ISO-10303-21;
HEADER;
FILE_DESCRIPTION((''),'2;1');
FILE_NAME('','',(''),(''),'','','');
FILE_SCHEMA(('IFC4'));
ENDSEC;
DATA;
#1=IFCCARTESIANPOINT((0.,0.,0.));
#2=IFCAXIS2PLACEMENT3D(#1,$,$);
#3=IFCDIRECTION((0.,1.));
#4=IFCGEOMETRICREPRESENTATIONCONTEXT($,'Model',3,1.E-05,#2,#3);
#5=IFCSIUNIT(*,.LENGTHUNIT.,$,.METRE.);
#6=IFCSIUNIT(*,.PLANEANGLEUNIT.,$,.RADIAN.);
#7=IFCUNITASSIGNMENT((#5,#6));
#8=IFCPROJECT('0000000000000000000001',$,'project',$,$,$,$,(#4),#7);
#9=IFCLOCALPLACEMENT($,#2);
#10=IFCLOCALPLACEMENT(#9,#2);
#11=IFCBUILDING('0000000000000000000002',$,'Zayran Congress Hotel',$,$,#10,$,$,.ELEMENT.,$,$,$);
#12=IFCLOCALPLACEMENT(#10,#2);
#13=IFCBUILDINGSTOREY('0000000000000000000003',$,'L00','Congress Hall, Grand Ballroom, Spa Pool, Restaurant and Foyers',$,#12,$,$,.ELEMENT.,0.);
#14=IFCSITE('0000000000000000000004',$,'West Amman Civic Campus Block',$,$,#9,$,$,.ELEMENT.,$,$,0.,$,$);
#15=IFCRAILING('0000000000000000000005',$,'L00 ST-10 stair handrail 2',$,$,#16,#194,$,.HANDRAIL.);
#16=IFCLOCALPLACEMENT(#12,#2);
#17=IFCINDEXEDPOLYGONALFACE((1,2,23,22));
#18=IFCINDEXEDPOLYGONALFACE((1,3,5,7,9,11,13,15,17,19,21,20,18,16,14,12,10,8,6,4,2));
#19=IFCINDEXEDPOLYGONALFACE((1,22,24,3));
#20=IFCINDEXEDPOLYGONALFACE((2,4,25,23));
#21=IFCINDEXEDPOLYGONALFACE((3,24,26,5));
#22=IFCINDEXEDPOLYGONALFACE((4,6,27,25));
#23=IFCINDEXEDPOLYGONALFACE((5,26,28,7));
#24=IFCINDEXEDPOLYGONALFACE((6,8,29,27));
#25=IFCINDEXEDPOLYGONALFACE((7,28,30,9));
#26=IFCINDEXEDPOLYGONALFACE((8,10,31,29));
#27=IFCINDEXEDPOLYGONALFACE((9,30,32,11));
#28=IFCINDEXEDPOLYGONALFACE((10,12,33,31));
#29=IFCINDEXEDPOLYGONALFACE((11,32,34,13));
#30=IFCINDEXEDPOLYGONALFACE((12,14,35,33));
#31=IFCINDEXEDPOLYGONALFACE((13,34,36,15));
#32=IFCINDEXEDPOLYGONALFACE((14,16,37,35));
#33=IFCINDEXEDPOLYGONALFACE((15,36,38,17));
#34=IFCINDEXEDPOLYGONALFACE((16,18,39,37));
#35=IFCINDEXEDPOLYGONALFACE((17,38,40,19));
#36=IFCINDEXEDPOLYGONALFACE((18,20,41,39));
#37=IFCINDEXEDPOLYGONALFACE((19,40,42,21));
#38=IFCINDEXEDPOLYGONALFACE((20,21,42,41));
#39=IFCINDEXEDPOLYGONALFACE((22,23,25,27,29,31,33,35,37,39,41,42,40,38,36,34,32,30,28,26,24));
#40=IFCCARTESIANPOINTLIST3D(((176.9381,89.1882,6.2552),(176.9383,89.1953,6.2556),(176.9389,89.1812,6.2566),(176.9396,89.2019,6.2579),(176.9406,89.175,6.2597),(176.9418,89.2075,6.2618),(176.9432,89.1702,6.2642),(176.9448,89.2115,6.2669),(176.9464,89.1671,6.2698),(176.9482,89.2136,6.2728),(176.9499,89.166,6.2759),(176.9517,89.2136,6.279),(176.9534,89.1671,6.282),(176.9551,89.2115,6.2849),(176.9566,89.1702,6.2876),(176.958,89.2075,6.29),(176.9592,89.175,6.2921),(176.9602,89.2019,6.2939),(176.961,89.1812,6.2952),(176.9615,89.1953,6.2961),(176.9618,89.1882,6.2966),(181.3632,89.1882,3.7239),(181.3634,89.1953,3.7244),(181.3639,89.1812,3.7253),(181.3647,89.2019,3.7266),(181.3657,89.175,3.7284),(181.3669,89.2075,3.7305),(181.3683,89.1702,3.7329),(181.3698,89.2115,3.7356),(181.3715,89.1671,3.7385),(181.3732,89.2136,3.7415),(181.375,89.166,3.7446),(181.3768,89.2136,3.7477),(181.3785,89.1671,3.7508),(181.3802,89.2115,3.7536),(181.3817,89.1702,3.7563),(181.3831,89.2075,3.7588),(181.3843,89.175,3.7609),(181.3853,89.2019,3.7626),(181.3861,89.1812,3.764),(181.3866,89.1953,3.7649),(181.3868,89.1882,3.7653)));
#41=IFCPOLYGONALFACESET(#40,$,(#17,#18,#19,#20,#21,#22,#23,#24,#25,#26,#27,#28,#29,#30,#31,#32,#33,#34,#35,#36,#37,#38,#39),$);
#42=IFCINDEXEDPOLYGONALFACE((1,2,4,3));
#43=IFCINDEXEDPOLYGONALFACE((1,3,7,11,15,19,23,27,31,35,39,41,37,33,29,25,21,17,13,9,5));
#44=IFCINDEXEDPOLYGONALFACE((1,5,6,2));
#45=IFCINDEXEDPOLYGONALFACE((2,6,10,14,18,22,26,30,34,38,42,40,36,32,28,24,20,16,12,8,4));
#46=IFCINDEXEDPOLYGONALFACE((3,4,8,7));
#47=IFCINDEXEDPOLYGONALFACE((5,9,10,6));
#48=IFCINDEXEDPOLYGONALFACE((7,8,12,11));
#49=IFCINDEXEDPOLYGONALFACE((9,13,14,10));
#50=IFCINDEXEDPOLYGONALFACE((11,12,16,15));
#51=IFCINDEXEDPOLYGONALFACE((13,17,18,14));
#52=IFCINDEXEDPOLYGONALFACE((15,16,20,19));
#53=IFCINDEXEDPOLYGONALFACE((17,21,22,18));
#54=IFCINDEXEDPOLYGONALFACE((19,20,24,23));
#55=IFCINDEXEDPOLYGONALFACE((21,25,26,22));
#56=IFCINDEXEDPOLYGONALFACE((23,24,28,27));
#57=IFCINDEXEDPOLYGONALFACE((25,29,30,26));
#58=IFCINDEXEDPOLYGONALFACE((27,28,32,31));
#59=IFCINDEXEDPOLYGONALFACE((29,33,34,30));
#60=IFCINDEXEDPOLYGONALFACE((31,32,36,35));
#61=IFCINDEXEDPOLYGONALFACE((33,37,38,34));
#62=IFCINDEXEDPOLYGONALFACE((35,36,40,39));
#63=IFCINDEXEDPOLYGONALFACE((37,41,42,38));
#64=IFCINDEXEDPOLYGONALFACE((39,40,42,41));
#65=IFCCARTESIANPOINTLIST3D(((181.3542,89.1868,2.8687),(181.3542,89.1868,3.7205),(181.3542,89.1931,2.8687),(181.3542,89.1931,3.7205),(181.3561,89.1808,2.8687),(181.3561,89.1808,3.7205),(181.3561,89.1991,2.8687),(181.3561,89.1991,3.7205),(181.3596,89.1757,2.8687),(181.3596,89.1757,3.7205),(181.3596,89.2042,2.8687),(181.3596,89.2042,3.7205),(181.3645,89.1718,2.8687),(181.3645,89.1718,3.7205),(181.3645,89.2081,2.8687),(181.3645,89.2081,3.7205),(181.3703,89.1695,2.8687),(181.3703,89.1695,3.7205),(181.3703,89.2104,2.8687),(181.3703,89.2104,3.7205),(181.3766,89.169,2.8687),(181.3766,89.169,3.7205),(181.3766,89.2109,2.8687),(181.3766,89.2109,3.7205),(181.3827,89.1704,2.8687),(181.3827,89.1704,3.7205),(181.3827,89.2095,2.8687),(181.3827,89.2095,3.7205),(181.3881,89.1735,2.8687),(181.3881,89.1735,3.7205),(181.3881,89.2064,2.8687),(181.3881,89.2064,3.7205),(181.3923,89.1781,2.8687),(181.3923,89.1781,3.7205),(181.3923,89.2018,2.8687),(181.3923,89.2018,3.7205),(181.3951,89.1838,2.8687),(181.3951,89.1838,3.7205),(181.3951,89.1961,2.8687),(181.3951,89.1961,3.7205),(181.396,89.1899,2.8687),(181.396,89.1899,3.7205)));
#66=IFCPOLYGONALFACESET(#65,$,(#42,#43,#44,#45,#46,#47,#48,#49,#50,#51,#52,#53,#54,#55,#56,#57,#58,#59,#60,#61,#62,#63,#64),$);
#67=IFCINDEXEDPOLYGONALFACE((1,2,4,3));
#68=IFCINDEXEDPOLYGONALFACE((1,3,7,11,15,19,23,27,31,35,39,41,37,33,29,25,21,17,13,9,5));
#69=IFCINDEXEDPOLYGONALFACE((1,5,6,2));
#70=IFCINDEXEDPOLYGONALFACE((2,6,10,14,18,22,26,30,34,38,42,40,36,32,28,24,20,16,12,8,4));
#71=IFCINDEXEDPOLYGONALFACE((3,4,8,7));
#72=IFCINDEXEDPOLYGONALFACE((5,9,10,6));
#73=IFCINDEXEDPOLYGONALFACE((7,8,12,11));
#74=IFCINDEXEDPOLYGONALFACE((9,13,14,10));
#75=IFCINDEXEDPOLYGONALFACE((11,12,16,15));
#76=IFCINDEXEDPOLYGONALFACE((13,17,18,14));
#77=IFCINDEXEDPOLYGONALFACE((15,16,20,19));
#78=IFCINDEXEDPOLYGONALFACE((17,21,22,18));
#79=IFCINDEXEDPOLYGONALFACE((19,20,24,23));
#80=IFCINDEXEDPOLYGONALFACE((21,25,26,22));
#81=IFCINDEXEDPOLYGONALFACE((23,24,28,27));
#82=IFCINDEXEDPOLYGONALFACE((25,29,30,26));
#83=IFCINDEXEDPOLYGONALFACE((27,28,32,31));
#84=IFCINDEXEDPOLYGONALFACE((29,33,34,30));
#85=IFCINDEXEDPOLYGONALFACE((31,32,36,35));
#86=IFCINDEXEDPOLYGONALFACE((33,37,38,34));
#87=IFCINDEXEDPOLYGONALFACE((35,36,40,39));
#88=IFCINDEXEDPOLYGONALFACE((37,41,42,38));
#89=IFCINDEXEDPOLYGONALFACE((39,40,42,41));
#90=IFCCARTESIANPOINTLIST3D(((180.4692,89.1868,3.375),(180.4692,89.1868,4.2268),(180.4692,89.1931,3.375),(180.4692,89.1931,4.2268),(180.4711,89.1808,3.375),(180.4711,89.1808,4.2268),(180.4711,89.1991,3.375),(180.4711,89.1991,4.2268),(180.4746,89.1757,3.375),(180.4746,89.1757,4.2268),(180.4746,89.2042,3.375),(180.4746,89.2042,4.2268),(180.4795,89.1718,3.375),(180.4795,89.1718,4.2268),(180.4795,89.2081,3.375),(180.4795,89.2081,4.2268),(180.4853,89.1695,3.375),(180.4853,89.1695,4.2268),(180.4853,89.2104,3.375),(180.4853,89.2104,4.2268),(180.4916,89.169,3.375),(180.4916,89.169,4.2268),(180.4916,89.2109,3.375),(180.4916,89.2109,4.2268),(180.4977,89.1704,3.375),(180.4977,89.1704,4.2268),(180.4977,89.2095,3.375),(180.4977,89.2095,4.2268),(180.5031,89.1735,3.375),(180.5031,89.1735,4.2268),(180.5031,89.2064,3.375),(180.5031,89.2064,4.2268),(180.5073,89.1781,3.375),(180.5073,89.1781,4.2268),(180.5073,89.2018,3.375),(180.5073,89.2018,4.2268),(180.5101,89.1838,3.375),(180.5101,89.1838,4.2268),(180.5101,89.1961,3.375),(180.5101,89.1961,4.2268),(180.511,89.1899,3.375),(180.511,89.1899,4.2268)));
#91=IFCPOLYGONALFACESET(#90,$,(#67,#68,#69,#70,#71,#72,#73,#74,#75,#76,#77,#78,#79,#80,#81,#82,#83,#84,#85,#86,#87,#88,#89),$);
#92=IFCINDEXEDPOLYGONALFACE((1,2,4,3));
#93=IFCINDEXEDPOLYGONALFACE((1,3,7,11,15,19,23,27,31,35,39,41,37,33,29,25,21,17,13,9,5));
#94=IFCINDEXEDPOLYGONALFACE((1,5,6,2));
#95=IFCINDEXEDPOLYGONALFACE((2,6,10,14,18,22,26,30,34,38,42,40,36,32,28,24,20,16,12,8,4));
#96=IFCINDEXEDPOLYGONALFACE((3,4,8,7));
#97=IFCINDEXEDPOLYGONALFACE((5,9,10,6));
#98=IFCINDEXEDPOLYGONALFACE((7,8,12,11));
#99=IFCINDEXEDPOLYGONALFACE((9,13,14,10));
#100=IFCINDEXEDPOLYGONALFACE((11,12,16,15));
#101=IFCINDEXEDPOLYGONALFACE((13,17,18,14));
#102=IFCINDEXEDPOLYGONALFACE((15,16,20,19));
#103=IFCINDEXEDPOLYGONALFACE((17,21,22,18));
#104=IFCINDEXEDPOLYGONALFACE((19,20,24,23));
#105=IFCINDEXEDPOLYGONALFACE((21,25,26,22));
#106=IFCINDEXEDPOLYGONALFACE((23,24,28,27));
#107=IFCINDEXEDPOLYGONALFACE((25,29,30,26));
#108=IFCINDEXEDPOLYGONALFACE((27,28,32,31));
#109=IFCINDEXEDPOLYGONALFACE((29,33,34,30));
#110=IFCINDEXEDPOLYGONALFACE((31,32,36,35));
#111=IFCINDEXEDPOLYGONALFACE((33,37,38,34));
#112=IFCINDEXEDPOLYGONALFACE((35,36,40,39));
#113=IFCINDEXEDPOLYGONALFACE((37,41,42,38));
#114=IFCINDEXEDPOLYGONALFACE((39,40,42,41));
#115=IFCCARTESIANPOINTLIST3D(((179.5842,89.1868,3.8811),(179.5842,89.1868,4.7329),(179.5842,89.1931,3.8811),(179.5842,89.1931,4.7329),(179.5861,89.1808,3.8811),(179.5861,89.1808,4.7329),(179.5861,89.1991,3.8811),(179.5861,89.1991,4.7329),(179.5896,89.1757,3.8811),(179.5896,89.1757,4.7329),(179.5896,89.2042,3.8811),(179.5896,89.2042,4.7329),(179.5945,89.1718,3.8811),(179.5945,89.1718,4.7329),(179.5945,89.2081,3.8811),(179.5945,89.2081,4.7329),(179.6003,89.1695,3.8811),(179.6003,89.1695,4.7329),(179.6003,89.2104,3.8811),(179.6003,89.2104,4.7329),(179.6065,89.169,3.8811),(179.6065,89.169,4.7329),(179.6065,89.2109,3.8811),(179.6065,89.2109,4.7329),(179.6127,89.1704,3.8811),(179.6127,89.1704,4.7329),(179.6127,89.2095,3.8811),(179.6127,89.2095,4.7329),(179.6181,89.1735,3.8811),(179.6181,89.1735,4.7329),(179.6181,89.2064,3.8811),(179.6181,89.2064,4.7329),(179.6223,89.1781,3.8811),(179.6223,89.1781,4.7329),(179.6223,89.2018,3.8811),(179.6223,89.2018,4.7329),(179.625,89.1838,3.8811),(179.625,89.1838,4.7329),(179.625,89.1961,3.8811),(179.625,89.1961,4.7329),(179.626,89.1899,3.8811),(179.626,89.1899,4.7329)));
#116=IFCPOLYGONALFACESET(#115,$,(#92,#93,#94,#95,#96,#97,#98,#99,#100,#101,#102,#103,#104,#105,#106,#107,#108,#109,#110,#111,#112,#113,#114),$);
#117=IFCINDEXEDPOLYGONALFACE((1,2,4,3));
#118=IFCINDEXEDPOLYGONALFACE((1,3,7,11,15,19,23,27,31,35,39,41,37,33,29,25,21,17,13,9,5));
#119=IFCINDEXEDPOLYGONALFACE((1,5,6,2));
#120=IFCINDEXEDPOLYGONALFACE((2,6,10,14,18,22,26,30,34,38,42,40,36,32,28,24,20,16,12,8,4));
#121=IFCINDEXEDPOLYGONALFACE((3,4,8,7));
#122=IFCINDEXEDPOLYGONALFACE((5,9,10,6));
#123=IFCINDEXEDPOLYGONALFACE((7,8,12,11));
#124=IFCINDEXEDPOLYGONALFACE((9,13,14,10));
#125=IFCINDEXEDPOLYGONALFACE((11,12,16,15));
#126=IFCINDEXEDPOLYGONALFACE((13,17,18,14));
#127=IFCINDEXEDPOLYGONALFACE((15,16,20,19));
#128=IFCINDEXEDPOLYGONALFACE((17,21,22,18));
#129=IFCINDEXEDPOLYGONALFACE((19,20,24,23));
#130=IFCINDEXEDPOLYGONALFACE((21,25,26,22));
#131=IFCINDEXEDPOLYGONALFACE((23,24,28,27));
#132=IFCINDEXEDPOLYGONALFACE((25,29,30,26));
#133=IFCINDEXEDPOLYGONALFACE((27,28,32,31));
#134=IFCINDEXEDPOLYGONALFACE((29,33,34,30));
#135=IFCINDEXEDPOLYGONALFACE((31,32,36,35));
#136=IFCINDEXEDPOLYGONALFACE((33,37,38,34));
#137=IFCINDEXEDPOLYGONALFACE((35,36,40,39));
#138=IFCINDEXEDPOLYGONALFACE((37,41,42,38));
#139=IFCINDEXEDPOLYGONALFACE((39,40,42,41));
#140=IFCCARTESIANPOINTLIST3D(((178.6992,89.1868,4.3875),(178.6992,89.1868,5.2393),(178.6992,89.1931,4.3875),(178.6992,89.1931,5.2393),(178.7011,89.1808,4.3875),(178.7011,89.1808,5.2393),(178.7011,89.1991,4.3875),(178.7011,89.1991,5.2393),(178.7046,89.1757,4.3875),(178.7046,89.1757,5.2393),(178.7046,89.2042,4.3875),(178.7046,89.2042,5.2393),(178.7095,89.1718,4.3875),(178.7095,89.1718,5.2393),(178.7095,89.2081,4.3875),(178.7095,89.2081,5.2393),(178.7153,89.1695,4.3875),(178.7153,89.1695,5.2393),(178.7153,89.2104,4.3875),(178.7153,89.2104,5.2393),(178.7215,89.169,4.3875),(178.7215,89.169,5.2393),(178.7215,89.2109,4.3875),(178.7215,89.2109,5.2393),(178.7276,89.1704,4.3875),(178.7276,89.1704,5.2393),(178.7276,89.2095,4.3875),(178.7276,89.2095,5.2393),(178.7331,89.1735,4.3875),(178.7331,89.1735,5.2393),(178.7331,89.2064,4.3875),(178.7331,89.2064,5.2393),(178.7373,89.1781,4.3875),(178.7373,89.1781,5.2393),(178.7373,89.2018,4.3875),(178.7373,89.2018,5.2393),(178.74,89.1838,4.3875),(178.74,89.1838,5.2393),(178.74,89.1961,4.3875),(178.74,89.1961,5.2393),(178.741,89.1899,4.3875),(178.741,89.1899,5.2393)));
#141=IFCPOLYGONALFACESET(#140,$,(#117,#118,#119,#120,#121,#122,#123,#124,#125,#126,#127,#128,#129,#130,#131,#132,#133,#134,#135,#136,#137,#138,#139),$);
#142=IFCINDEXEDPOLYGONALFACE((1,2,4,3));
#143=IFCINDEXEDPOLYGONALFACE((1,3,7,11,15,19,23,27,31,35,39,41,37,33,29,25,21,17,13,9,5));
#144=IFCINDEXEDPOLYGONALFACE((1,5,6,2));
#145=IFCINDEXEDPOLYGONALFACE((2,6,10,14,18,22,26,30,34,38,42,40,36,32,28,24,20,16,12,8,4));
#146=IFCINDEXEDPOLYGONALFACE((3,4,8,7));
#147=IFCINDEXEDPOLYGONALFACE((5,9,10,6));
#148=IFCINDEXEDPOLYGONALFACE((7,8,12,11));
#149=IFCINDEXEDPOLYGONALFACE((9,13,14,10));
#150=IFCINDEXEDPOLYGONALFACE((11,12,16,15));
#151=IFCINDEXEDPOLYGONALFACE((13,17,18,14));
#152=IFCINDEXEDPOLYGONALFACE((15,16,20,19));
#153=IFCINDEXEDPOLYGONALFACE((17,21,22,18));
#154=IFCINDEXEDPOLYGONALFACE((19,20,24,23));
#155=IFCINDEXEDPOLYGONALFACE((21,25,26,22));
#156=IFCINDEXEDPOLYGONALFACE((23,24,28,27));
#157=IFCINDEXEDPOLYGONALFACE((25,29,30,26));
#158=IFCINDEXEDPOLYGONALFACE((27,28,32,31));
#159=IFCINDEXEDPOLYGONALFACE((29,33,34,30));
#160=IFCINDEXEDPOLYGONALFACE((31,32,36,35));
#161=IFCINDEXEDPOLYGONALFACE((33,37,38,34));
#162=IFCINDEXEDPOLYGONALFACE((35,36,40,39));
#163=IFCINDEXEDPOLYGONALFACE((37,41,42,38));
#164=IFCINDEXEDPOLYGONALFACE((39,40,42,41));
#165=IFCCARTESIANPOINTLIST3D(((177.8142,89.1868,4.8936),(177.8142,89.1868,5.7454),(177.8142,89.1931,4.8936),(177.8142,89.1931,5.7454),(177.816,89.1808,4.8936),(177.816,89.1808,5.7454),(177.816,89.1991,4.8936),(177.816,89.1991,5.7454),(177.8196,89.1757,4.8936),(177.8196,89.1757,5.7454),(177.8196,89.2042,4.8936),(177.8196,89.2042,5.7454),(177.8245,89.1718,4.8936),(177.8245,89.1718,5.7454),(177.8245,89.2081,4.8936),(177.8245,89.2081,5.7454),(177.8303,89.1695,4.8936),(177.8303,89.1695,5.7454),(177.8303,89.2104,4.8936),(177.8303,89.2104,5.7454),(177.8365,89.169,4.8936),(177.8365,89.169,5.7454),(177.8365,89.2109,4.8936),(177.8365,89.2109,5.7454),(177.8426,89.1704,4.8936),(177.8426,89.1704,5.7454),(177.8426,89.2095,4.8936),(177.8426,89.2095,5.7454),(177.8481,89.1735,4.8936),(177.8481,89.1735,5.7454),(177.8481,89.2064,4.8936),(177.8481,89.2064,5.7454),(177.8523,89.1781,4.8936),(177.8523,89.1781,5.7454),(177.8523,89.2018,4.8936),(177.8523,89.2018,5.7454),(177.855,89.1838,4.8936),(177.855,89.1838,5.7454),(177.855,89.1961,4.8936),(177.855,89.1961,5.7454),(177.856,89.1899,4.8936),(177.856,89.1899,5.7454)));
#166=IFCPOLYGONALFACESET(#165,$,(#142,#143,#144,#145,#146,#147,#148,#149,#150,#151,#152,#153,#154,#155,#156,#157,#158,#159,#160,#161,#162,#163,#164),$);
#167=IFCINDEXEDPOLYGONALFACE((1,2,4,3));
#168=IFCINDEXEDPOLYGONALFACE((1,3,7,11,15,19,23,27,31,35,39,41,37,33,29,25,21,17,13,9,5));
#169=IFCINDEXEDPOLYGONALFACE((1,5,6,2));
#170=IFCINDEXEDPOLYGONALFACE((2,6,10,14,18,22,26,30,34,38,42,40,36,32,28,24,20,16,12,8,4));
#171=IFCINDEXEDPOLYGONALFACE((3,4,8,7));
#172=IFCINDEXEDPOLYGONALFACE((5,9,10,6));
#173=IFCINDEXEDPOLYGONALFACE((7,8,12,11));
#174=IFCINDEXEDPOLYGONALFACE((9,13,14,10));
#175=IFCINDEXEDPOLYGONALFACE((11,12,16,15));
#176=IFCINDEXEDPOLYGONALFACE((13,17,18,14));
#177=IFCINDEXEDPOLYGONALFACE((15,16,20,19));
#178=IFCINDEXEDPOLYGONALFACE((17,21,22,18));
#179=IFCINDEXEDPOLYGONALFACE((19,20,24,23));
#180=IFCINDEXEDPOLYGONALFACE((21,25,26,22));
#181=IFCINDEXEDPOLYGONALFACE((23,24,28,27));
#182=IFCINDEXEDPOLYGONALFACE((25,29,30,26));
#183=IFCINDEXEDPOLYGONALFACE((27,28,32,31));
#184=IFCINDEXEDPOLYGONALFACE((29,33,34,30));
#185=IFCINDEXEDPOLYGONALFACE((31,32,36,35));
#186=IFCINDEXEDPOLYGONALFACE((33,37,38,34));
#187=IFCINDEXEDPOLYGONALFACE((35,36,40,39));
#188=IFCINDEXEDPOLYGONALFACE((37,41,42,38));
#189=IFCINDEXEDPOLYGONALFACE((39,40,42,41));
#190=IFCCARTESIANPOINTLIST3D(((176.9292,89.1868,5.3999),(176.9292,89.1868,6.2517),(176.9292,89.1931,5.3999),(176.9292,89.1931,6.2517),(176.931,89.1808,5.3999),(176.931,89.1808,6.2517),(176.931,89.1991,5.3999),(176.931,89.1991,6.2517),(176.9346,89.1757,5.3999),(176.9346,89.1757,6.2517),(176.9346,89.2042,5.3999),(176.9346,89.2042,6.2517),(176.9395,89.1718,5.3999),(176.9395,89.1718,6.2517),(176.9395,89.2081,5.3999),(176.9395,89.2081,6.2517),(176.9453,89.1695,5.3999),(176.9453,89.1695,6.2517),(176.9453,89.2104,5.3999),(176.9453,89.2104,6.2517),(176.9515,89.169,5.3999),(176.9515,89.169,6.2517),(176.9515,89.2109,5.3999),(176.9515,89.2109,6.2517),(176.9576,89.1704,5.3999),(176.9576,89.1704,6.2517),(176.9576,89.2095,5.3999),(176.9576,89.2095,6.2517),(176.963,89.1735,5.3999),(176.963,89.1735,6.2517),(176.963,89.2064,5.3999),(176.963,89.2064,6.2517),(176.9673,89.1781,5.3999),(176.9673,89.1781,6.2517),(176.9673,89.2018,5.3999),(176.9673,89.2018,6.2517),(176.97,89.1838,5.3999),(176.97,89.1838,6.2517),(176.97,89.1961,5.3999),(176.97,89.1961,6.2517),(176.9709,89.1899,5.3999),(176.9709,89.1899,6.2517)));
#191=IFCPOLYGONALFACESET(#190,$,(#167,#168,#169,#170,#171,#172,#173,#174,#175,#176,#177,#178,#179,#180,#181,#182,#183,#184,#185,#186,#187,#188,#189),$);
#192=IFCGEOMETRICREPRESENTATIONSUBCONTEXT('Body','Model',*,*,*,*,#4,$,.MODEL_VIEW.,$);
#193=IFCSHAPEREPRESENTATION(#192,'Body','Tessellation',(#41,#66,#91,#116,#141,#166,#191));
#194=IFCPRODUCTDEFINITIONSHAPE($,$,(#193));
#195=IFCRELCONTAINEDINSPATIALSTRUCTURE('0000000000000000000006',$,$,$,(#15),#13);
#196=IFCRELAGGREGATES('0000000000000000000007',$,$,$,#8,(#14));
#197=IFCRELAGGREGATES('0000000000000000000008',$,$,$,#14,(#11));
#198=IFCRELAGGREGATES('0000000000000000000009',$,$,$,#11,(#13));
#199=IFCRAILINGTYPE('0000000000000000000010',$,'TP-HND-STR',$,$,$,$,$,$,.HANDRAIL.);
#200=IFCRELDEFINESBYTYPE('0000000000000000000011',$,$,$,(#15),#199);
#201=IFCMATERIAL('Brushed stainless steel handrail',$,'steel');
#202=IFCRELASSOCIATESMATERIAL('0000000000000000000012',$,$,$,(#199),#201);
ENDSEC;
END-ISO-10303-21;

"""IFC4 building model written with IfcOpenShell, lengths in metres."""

from ifc_helpers import new_model, si_unit, direction, frame, origin, origin_2d, place, context, subcontext, project, spatial, circle, extrude, material, type_object, element, save


model = new_model("IFC4")

# Units and contexts
model_context = context("Model", 3, precision=1e-05, world=origin(), true_north=direction((0.0, 1.0)))
body_context = subcontext(model_context, "Body", "Model", "MODEL_VIEW")
ifc_project = project(units=[si_unit("LENGTHUNIT", "METRE"), si_unit("PLANEANGLEUNIT", "RADIAN")], contexts=[model_context])

# Site, building, storey
site_placement = place(None, origin())
site = spatial("IfcSite", under=ifc_project, at=site_placement, Name="West Amman Civic Campus Block", CompositionType="ELEMENT", RefElevation=0.0)
building_placement = place(site_placement, origin())
building = spatial("IfcBuilding", under=site, at=building_placement, Name="Zayran Congress Hotel", CompositionType="ELEMENT")
storey_placement = place(building_placement, origin())
storey = spatial("IfcBuildingStorey", under=building, at=storey_placement, Name="L00", Description="Congress Hall, Grand Ballroom, Spa Pool, Restaurant and Foyers", CompositionType="ELEMENT", Elevation=0.0)

# Railing
ifc_material_1 = material(Name="Brushed stainless steel handrail", Category="steel")
railing_type_1 = type_object("IfcRailingType", Name="TP-HND-STR", PredefinedType="HANDRAIL", material=ifc_material_1)
railing_1_placement = place(storey_placement, frame((181.375, 89.1899, 2.8687)))
element("IfcRailing", 1, at=railing_1_placement, inside=storey, type_object=railing_type_1, Name="L00 ST-10 stair handrail 2", PredefinedType="HANDRAIL", context=body_context, shape_type="SweptSolid", body=[
    extrude(circle(Radius=0.0239, at=origin_2d()), frame((0.0, 0.0, 0.876), z_axis=(-0.868019, 0.0, 0.496531), x_axis=(0.0, -1.0, 0.0)), (0.0, 0.0, 1.0), 5.0979),
    extrude(circle(Radius=0.021, at=origin_2d()), origin(), (0.0, 0.0, 1.0), 0.8518),
    extrude(circle(Radius=0.021, at=origin_2d()), frame((-0.885, 0.0, 0.5063)), (0.0, 0.0, 1.0), 0.8518),
    extrude(circle(Radius=0.021, at=origin_2d()), frame((-1.77, 0.0, 1.0125)), (0.0, 0.0, 1.0), 0.8518),
    extrude(circle(Radius=0.021, at=origin_2d()), frame((-2.655, 0.0, 1.5188)), (0.0, 0.0, 1.0), 0.8518),
    extrude(circle(Radius=0.021, at=origin_2d()), frame((-3.54, 0.0, 2.0249)), (0.0, 0.0, 1.0), 0.8518),
    extrude(circle(Radius=0.021, at=origin_2d()), frame((-4.425, 0.0, 2.5312)), (0.0, 0.0, 1.0), 0.8518),
])

save(model, "model.ifc")
